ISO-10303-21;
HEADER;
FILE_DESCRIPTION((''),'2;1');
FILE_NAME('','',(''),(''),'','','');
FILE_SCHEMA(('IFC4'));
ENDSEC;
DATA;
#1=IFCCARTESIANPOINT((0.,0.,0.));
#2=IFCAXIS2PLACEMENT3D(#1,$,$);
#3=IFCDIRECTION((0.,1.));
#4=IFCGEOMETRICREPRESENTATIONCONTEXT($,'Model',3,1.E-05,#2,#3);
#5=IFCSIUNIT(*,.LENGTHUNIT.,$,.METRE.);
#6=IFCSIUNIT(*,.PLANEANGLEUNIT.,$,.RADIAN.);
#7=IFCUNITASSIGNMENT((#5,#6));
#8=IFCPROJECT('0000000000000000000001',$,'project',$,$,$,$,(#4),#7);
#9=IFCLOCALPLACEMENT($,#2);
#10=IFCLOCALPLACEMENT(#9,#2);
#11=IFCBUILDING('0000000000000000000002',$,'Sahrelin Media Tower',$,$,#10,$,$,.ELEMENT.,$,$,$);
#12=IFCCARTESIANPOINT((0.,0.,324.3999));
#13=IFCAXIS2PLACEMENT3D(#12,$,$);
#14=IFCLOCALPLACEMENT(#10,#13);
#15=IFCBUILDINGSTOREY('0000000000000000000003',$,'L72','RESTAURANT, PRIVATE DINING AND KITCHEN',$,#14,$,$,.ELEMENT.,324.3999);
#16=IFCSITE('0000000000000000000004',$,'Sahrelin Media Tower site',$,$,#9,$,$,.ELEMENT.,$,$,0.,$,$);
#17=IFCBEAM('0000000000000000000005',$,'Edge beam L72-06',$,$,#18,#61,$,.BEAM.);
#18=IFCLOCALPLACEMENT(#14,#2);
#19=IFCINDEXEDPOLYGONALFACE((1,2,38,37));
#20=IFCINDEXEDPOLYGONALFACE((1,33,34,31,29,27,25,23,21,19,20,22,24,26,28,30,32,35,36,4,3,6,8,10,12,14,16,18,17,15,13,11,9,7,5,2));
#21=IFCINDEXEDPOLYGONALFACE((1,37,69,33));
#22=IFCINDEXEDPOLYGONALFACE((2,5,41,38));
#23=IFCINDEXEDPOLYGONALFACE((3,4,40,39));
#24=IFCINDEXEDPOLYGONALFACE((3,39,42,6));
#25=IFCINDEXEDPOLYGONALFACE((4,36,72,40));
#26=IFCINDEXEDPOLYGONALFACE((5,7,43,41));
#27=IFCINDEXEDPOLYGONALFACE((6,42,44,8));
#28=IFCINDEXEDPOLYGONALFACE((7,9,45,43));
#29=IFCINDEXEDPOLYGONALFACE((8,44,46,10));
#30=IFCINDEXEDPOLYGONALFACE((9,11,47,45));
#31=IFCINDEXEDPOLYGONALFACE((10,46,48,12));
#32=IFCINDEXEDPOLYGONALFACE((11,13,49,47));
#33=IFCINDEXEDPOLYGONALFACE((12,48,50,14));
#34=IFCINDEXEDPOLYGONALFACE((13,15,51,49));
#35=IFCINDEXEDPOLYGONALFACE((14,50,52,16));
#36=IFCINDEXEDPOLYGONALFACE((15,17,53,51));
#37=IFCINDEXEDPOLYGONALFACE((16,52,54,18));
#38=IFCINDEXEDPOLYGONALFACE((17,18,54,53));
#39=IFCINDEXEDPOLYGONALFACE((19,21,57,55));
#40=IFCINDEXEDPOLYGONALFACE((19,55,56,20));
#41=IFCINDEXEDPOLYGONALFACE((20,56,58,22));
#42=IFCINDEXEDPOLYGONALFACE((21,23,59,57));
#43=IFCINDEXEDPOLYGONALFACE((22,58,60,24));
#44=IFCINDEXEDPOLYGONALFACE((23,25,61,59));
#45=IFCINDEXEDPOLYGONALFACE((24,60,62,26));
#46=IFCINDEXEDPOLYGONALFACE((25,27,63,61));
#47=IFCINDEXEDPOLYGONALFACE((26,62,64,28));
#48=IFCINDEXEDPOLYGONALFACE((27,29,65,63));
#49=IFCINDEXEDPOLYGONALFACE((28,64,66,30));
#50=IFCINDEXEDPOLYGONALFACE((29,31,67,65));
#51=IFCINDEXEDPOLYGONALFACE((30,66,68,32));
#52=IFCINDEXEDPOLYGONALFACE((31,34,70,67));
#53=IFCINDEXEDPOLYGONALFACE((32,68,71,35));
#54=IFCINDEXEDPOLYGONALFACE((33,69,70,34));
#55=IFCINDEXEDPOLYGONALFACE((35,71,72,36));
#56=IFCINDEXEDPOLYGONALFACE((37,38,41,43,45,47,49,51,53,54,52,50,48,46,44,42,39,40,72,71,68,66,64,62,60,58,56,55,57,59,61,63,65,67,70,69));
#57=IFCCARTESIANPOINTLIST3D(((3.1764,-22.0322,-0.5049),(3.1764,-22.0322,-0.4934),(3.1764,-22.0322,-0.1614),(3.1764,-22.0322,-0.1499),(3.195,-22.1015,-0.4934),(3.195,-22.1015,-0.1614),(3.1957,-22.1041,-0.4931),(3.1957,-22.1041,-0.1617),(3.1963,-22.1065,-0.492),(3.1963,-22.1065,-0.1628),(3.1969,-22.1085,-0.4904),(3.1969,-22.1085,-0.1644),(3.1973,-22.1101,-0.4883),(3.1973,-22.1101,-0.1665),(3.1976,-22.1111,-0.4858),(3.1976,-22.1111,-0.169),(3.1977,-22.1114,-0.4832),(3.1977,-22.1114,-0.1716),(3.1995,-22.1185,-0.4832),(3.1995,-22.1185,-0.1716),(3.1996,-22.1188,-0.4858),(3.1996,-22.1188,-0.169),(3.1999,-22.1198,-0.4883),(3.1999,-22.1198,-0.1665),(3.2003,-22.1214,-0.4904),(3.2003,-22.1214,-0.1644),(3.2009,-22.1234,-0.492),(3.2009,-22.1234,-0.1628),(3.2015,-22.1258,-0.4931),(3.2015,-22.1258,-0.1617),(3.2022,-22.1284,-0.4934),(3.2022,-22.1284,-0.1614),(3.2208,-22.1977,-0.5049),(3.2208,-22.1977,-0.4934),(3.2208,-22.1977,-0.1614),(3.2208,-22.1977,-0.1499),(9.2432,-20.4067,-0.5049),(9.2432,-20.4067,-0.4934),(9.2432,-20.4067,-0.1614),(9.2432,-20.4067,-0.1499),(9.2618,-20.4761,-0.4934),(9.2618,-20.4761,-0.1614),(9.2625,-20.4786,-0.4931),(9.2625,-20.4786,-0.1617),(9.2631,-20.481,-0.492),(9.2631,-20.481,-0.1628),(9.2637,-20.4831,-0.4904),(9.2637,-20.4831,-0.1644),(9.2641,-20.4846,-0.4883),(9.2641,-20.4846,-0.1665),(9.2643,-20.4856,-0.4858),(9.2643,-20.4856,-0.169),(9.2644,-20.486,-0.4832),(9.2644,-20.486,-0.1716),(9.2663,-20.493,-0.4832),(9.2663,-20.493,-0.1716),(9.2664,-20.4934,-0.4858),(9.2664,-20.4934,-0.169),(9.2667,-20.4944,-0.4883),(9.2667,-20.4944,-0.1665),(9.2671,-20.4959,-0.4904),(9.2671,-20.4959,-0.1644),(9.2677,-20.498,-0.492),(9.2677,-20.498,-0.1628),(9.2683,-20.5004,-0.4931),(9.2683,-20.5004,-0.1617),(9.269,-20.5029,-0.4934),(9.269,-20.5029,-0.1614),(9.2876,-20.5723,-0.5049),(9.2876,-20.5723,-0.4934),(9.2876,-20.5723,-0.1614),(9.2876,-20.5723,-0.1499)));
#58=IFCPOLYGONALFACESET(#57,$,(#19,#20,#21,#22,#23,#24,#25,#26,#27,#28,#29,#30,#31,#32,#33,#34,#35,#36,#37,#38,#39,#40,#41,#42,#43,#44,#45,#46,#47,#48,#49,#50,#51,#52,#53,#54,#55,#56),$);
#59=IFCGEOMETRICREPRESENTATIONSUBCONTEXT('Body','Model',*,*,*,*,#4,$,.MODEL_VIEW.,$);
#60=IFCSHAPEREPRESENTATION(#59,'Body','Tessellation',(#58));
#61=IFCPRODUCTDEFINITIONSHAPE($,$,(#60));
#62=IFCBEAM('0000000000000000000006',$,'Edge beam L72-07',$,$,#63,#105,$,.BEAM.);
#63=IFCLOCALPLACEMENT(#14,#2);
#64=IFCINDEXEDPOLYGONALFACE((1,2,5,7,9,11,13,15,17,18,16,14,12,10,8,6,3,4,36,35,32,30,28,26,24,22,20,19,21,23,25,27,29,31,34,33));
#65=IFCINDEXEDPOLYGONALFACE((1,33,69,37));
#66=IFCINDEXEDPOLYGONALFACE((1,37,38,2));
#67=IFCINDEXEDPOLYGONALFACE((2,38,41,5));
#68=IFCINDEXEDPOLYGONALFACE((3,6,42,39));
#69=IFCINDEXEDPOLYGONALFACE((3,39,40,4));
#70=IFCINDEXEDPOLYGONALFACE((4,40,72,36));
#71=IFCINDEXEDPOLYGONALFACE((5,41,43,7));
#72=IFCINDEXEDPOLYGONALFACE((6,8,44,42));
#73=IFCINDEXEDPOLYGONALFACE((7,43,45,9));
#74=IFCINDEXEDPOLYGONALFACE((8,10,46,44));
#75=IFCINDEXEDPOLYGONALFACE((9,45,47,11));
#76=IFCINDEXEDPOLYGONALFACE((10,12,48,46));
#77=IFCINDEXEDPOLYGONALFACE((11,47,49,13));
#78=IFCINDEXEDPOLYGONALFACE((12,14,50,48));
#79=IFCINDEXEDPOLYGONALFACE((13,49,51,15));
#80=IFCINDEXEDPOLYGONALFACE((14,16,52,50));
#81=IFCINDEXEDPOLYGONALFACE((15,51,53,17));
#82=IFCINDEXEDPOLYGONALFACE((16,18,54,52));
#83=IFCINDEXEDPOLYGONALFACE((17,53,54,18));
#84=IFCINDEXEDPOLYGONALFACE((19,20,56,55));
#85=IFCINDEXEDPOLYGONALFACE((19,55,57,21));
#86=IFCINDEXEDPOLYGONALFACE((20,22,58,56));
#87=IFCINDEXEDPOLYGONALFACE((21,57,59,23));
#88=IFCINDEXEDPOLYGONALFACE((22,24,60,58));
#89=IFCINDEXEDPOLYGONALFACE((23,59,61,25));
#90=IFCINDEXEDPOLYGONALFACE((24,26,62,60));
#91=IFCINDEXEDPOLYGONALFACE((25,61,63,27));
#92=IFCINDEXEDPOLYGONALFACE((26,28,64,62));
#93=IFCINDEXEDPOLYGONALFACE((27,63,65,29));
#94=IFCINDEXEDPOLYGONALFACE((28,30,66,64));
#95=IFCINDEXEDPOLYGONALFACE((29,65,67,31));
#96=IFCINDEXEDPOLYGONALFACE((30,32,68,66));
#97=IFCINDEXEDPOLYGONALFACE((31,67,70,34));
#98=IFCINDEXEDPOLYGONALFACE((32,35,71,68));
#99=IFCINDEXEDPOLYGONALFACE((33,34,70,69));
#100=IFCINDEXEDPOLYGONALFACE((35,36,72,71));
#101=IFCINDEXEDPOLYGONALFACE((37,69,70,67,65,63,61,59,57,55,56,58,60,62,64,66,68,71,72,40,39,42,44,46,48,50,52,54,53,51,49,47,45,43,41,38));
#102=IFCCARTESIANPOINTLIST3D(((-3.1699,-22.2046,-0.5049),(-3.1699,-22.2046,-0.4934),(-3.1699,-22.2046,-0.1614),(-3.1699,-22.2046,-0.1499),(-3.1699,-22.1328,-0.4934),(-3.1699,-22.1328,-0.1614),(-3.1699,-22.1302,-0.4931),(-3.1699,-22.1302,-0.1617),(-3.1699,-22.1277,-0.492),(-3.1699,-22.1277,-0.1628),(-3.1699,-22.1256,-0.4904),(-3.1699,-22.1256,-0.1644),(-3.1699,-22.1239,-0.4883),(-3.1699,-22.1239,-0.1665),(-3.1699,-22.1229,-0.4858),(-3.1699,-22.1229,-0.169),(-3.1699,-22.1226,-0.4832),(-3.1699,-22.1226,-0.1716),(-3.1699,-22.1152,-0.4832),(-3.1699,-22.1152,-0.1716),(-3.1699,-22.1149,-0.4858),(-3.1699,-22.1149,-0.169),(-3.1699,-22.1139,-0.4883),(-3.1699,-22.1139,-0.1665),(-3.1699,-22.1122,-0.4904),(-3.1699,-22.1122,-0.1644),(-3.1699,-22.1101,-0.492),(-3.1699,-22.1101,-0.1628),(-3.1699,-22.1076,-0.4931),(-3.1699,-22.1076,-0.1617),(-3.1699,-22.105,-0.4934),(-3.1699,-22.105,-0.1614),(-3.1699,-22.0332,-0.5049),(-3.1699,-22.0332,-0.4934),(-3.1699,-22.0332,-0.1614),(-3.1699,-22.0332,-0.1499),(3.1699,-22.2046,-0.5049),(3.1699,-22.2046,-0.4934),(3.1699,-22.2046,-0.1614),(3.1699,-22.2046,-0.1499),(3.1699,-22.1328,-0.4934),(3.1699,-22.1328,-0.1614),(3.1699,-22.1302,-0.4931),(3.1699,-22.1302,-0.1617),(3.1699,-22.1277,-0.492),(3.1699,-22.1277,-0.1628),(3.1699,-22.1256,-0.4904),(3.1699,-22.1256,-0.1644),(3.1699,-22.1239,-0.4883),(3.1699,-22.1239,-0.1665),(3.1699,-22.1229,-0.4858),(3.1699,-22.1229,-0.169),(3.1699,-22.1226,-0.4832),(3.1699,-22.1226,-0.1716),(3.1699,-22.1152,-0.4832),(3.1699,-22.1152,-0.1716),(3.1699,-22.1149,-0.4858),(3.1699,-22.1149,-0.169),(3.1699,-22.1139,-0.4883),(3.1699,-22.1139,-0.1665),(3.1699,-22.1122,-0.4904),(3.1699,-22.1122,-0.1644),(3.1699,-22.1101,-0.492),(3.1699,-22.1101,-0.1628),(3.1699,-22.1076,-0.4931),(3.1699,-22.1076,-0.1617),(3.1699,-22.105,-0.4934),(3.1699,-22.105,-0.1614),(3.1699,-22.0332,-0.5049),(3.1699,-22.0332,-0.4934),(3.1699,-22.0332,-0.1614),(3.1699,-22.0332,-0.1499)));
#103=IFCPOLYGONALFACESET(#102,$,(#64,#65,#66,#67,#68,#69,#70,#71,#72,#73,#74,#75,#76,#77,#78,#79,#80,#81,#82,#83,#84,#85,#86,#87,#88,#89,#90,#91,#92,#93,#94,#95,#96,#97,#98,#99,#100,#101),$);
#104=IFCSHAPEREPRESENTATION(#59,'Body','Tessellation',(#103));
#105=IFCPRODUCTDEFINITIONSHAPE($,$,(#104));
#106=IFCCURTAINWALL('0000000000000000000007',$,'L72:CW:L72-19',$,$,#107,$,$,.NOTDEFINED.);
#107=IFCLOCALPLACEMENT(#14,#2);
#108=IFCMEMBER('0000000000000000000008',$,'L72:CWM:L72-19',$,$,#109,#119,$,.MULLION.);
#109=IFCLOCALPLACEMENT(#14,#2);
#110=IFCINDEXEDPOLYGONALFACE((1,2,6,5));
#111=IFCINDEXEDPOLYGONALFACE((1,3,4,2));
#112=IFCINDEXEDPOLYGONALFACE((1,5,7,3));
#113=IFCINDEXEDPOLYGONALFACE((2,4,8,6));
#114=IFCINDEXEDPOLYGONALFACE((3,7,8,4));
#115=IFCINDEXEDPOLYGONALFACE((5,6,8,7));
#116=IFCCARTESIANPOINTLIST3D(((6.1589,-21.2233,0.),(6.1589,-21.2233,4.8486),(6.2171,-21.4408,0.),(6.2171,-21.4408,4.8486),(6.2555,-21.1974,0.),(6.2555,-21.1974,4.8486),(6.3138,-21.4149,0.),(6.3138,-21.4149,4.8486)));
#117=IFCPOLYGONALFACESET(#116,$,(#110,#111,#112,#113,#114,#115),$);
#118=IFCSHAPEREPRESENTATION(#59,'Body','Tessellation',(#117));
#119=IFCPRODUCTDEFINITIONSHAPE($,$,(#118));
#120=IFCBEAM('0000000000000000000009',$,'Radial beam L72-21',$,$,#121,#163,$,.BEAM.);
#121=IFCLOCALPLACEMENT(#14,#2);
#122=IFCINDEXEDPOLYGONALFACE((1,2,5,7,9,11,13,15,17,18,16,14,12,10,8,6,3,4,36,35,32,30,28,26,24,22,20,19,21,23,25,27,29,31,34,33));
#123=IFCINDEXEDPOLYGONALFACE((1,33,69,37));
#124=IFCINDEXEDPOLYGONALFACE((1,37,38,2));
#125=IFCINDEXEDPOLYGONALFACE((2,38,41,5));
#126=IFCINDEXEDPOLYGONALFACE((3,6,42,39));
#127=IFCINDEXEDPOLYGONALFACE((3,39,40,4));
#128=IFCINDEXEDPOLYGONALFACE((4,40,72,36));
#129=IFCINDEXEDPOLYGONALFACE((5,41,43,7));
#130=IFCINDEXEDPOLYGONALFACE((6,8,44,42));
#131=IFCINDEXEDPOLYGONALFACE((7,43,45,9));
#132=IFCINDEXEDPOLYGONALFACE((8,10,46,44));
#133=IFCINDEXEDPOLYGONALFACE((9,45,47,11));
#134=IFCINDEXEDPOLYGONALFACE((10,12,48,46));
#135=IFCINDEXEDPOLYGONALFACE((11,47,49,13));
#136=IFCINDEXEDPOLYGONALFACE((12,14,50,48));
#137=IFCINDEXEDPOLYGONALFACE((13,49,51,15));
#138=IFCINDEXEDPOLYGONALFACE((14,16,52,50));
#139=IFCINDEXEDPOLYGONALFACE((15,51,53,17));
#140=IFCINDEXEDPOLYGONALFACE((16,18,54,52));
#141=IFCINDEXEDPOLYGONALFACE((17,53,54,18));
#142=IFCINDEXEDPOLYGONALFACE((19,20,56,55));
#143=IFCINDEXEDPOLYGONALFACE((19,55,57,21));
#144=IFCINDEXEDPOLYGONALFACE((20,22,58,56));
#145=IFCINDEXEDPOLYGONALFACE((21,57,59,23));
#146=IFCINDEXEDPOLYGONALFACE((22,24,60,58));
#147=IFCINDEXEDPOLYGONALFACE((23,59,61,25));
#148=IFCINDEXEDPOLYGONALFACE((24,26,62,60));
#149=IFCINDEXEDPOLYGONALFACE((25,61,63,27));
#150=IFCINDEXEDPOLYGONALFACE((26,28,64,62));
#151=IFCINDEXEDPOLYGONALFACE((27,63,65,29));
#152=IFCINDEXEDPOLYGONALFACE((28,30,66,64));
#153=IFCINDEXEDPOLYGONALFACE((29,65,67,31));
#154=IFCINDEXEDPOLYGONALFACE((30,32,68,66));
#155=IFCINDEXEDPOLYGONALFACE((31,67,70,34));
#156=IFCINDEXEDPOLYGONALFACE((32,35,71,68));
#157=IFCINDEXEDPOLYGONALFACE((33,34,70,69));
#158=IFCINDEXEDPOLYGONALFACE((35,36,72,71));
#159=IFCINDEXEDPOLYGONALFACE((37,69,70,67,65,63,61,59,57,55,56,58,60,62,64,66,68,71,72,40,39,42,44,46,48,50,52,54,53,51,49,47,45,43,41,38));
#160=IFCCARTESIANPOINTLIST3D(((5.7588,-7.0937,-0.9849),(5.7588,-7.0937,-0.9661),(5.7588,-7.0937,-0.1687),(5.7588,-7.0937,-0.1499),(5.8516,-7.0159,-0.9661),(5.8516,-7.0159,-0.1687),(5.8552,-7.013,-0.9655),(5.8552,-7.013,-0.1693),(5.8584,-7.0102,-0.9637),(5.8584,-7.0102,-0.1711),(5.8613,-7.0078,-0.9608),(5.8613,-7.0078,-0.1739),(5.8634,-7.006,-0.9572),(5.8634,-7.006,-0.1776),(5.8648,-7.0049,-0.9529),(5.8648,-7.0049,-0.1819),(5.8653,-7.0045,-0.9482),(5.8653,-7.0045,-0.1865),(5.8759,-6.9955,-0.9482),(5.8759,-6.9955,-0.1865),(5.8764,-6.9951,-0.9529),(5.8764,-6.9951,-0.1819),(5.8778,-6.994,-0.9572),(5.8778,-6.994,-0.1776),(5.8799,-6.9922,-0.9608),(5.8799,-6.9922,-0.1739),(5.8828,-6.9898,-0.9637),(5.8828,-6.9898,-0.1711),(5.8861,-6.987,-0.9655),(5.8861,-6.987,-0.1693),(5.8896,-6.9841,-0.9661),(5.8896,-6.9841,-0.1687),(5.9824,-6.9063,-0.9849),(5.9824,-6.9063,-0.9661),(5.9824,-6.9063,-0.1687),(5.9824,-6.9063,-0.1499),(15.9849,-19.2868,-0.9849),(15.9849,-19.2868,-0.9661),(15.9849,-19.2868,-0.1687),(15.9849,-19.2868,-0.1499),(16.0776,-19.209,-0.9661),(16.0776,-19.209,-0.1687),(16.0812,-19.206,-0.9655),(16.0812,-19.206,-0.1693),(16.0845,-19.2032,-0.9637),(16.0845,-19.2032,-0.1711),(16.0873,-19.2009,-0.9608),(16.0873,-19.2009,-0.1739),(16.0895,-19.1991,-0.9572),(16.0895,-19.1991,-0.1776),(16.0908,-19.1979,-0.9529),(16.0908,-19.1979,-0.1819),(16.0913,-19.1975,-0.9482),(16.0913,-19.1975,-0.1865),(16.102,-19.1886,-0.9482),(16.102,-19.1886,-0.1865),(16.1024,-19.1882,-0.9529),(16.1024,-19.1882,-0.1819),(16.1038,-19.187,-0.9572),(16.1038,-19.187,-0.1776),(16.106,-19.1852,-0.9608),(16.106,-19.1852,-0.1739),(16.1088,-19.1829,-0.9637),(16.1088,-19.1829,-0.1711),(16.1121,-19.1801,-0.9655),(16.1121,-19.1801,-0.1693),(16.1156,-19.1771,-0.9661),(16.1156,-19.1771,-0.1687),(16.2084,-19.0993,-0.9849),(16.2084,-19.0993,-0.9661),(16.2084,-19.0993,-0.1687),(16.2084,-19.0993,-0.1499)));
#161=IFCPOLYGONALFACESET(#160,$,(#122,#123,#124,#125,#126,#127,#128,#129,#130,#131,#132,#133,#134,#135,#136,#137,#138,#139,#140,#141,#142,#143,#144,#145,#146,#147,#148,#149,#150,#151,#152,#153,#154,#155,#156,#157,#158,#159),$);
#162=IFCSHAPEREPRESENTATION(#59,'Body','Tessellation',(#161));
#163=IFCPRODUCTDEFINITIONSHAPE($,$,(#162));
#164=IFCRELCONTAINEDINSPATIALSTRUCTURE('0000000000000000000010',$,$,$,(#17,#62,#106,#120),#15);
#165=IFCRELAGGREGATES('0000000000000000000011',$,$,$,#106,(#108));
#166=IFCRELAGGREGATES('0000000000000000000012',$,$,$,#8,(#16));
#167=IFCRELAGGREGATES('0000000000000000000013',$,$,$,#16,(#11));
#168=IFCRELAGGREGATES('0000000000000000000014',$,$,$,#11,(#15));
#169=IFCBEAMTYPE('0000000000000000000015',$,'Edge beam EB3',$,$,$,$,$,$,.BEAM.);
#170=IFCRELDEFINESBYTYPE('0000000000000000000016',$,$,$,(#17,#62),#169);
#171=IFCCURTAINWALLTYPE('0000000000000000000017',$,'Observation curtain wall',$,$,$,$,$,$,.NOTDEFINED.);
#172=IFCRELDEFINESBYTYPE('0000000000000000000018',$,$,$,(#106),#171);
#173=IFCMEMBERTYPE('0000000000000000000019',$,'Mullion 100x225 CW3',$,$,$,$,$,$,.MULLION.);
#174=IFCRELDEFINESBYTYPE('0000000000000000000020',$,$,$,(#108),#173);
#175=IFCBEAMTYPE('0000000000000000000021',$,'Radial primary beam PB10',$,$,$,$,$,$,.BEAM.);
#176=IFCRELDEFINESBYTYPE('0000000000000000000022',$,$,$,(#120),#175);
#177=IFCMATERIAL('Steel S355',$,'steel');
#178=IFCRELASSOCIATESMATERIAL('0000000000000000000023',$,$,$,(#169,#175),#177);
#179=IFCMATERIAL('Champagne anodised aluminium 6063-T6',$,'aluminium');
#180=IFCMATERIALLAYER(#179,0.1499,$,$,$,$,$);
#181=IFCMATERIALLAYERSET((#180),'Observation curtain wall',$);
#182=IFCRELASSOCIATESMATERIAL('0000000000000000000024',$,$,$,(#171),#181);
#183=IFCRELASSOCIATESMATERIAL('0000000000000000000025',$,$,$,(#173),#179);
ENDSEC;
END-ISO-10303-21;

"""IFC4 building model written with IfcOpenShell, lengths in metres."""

from ifc_helpers import new_model, si_unit, direction, frame, origin, origin_2d, place, context, subcontext, project, spatial, rectangle, i_section, extrude, material, layer, layer_set, material_profile, profile_set, type_object, element, aggregate, save


model = new_model("IFC4")

# Units and contexts
model_context = context("Model", 3, precision=1e-05, world=origin(), true_north=direction((0.0, 1.0)))
body_context = subcontext(model_context, "Body", "Model", "MODEL_VIEW")
ifc_project = project(units=[si_unit("LENGTHUNIT", "METRE"), si_unit("PLANEANGLEUNIT", "RADIAN")], contexts=[model_context])

# Site, building, storey
site_placement = place(None, origin())
site = spatial("IfcSite", under=ifc_project, at=site_placement, Name="Sahrelin Media Tower site", CompositionType="ELEMENT", RefElevation=0.0)
building_placement = place(site_placement, origin())
building = spatial("IfcBuilding", under=site, at=building_placement, Name="Sahrelin Media Tower", CompositionType="ELEMENT")
storey_placement = place(building_placement, frame((0.0, 0.0, 324.3999)))
storey = spatial("IfcBuildingStorey", under=building, at=storey_placement, Name="L72", Description="RESTAURANT, PRIVATE DINING AND KITCHEN", CompositionType="ELEMENT", Elevation=324.3999)

# Beams
ifc_material_1 = material(Name="Steel S355", Category="steel")
ifc_material_profile_1 = material_profile(ifc_material_1, i_section(OverallWidth=0.1714, OverallDepth=0.355, WebThickness=0.0073, FlangeThickness=0.0115, FilletRadius=0.0103, at=origin_2d()), Name="UB 356x171x51")
ifc_profile_set_1 = profile_set([ifc_material_profile_1], Name="Steel S355")
beam_type_1 = type_object("IfcBeamType", Name="Edge beam EB3", PredefinedType="BEAM", material=ifc_profile_set_1)
beam_1_placement = place(storey_placement, frame((9.2654, -20.4895, -0.3274), z_axis=(-0.965931, -0.2588, 0.0), x_axis=(0.2588, -0.965931, 0.0)))
element("IfcBeam", 1, at=beam_1_placement, inside=storey, type_object=beam_type_1, Name="Edge beam L72-06", PredefinedType="BEAM", context=body_context, shape_type="SweptSolid", body=[
    extrude(i_section(OverallWidth=0.1714, OverallDepth=0.355, WebThickness=0.0073, FlangeThickness=0.0115, FilletRadius=0.0103, at=origin_2d()), origin(), (0.0, 0.0, 1.0), 6.2808),
])
beam_2_placement = place(storey_placement, frame((3.1699, -22.1189, -0.3274), z_axis=(-1.0, 0.0, 0.0), x_axis=(0.0, -1.0, 0.0)))
element("IfcBeam", 2, at=beam_2_placement, inside=storey, type_object=beam_type_1, Name="Edge beam L72-07", PredefinedType="BEAM", context=body_context, shape_type="SweptSolid", body=[
    extrude(i_section(OverallWidth=0.1714, OverallDepth=0.355, WebThickness=0.0073, FlangeThickness=0.0115, FilletRadius=0.0103, at=origin_2d()), origin(), (0.0, 0.0, 1.0), 6.3398),
])

# Curtain wall, member
ifc_material_2 = material(Name="Champagne anodised aluminium 6063-T6", Category="aluminium")
ifc_layer_1 = layer(ifc_material_2, 0.1499)
ifc_layer_set_1 = layer_set([ifc_layer_1], Name="Observation curtain wall")
curtain_wall_type = type_object("IfcCurtainWallType", Name="Observation curtain wall", PredefinedType="NOTDEFINED", material=ifc_layer_set_1)
curtain_wall_1_placement = place(storey_placement, frame((6.2708, -21.447, 0.0), z_axis=(0.0, 0.0, 1.0), x_axis=(1.0, 0.0, 0.0)))
curtain_wall_1 = element("IfcCurtainWall", 3, at=curtain_wall_1_placement, inside=storey, type_object=curtain_wall_type, Name="L72:CW:L72-19", PredefinedType="NOTDEFINED")
ifc_material_profile_2 = material_profile(ifc_material_2, rectangle(XDim=0.1001, YDim=0.2251, at=origin_2d()), Name="Mullion 100x225")
ifc_profile_set_2 = profile_set([ifc_material_profile_2], Name="Champagne anodised aluminium 6063-T6")
member_type_1 = type_object("IfcMemberType", Name="Mullion 100x225 CW3", PredefinedType="MULLION", material=ifc_profile_set_2)
member_1_placement = place(storey_placement, frame((6.2363, -21.3191, 0.0), z_axis=(0.0, 0.0, 1.0), x_axis=(0.965925, 0.258821, 0.0)))
member_1 = element("IfcMember", 4, at=member_1_placement, type_object=member_type_1, Name="L72:CWM:L72-19", PredefinedType="MULLION", context=body_context, shape_type="SweptSolid", body=[
    extrude(rectangle(XDim=0.1001, YDim=0.2251, at=origin_2d()), origin(), (0.0, 0.0, 1.0), 4.8486),
])

# Beam
ifc_material_profile_3 = material_profile(ifc_material_1, i_section(OverallWidth=0.2917, OverallDepth=0.835, WebThickness=0.0139, FlangeThickness=0.0188, FilletRadius=0.0178, at=origin_2d()), Name="UB 838x292x176")
ifc_profile_set_3 = profile_set([ifc_material_profile_3], Name="Steel S355")
beam_type_2 = type_object("IfcBeamType", Name="Radial primary beam PB10", PredefinedType="BEAM", material=ifc_profile_set_3)
beam_3_placement = place(storey_placement, frame((5.8706, -7.0, -0.5674), z_axis=(0.642597, -0.766204, 0.0), x_axis=(0.766204, 0.642597, 0.0)))
element("IfcBeam", 5, at=beam_3_placement, inside=storey, type_object=beam_type_2, Name="Radial beam L72-21", PredefinedType="BEAM", context=body_context, shape_type="SweptSolid", body=[
    extrude(i_section(OverallWidth=0.2917, OverallDepth=0.835, WebThickness=0.0139, FlangeThickness=0.0188, FilletRadius=0.0178, at=origin_2d()), origin(), (0.0, 0.0, 1.0), 15.9136),
])

aggregate(curtain_wall_1, [member_1])

save(model, "model.ifc")
